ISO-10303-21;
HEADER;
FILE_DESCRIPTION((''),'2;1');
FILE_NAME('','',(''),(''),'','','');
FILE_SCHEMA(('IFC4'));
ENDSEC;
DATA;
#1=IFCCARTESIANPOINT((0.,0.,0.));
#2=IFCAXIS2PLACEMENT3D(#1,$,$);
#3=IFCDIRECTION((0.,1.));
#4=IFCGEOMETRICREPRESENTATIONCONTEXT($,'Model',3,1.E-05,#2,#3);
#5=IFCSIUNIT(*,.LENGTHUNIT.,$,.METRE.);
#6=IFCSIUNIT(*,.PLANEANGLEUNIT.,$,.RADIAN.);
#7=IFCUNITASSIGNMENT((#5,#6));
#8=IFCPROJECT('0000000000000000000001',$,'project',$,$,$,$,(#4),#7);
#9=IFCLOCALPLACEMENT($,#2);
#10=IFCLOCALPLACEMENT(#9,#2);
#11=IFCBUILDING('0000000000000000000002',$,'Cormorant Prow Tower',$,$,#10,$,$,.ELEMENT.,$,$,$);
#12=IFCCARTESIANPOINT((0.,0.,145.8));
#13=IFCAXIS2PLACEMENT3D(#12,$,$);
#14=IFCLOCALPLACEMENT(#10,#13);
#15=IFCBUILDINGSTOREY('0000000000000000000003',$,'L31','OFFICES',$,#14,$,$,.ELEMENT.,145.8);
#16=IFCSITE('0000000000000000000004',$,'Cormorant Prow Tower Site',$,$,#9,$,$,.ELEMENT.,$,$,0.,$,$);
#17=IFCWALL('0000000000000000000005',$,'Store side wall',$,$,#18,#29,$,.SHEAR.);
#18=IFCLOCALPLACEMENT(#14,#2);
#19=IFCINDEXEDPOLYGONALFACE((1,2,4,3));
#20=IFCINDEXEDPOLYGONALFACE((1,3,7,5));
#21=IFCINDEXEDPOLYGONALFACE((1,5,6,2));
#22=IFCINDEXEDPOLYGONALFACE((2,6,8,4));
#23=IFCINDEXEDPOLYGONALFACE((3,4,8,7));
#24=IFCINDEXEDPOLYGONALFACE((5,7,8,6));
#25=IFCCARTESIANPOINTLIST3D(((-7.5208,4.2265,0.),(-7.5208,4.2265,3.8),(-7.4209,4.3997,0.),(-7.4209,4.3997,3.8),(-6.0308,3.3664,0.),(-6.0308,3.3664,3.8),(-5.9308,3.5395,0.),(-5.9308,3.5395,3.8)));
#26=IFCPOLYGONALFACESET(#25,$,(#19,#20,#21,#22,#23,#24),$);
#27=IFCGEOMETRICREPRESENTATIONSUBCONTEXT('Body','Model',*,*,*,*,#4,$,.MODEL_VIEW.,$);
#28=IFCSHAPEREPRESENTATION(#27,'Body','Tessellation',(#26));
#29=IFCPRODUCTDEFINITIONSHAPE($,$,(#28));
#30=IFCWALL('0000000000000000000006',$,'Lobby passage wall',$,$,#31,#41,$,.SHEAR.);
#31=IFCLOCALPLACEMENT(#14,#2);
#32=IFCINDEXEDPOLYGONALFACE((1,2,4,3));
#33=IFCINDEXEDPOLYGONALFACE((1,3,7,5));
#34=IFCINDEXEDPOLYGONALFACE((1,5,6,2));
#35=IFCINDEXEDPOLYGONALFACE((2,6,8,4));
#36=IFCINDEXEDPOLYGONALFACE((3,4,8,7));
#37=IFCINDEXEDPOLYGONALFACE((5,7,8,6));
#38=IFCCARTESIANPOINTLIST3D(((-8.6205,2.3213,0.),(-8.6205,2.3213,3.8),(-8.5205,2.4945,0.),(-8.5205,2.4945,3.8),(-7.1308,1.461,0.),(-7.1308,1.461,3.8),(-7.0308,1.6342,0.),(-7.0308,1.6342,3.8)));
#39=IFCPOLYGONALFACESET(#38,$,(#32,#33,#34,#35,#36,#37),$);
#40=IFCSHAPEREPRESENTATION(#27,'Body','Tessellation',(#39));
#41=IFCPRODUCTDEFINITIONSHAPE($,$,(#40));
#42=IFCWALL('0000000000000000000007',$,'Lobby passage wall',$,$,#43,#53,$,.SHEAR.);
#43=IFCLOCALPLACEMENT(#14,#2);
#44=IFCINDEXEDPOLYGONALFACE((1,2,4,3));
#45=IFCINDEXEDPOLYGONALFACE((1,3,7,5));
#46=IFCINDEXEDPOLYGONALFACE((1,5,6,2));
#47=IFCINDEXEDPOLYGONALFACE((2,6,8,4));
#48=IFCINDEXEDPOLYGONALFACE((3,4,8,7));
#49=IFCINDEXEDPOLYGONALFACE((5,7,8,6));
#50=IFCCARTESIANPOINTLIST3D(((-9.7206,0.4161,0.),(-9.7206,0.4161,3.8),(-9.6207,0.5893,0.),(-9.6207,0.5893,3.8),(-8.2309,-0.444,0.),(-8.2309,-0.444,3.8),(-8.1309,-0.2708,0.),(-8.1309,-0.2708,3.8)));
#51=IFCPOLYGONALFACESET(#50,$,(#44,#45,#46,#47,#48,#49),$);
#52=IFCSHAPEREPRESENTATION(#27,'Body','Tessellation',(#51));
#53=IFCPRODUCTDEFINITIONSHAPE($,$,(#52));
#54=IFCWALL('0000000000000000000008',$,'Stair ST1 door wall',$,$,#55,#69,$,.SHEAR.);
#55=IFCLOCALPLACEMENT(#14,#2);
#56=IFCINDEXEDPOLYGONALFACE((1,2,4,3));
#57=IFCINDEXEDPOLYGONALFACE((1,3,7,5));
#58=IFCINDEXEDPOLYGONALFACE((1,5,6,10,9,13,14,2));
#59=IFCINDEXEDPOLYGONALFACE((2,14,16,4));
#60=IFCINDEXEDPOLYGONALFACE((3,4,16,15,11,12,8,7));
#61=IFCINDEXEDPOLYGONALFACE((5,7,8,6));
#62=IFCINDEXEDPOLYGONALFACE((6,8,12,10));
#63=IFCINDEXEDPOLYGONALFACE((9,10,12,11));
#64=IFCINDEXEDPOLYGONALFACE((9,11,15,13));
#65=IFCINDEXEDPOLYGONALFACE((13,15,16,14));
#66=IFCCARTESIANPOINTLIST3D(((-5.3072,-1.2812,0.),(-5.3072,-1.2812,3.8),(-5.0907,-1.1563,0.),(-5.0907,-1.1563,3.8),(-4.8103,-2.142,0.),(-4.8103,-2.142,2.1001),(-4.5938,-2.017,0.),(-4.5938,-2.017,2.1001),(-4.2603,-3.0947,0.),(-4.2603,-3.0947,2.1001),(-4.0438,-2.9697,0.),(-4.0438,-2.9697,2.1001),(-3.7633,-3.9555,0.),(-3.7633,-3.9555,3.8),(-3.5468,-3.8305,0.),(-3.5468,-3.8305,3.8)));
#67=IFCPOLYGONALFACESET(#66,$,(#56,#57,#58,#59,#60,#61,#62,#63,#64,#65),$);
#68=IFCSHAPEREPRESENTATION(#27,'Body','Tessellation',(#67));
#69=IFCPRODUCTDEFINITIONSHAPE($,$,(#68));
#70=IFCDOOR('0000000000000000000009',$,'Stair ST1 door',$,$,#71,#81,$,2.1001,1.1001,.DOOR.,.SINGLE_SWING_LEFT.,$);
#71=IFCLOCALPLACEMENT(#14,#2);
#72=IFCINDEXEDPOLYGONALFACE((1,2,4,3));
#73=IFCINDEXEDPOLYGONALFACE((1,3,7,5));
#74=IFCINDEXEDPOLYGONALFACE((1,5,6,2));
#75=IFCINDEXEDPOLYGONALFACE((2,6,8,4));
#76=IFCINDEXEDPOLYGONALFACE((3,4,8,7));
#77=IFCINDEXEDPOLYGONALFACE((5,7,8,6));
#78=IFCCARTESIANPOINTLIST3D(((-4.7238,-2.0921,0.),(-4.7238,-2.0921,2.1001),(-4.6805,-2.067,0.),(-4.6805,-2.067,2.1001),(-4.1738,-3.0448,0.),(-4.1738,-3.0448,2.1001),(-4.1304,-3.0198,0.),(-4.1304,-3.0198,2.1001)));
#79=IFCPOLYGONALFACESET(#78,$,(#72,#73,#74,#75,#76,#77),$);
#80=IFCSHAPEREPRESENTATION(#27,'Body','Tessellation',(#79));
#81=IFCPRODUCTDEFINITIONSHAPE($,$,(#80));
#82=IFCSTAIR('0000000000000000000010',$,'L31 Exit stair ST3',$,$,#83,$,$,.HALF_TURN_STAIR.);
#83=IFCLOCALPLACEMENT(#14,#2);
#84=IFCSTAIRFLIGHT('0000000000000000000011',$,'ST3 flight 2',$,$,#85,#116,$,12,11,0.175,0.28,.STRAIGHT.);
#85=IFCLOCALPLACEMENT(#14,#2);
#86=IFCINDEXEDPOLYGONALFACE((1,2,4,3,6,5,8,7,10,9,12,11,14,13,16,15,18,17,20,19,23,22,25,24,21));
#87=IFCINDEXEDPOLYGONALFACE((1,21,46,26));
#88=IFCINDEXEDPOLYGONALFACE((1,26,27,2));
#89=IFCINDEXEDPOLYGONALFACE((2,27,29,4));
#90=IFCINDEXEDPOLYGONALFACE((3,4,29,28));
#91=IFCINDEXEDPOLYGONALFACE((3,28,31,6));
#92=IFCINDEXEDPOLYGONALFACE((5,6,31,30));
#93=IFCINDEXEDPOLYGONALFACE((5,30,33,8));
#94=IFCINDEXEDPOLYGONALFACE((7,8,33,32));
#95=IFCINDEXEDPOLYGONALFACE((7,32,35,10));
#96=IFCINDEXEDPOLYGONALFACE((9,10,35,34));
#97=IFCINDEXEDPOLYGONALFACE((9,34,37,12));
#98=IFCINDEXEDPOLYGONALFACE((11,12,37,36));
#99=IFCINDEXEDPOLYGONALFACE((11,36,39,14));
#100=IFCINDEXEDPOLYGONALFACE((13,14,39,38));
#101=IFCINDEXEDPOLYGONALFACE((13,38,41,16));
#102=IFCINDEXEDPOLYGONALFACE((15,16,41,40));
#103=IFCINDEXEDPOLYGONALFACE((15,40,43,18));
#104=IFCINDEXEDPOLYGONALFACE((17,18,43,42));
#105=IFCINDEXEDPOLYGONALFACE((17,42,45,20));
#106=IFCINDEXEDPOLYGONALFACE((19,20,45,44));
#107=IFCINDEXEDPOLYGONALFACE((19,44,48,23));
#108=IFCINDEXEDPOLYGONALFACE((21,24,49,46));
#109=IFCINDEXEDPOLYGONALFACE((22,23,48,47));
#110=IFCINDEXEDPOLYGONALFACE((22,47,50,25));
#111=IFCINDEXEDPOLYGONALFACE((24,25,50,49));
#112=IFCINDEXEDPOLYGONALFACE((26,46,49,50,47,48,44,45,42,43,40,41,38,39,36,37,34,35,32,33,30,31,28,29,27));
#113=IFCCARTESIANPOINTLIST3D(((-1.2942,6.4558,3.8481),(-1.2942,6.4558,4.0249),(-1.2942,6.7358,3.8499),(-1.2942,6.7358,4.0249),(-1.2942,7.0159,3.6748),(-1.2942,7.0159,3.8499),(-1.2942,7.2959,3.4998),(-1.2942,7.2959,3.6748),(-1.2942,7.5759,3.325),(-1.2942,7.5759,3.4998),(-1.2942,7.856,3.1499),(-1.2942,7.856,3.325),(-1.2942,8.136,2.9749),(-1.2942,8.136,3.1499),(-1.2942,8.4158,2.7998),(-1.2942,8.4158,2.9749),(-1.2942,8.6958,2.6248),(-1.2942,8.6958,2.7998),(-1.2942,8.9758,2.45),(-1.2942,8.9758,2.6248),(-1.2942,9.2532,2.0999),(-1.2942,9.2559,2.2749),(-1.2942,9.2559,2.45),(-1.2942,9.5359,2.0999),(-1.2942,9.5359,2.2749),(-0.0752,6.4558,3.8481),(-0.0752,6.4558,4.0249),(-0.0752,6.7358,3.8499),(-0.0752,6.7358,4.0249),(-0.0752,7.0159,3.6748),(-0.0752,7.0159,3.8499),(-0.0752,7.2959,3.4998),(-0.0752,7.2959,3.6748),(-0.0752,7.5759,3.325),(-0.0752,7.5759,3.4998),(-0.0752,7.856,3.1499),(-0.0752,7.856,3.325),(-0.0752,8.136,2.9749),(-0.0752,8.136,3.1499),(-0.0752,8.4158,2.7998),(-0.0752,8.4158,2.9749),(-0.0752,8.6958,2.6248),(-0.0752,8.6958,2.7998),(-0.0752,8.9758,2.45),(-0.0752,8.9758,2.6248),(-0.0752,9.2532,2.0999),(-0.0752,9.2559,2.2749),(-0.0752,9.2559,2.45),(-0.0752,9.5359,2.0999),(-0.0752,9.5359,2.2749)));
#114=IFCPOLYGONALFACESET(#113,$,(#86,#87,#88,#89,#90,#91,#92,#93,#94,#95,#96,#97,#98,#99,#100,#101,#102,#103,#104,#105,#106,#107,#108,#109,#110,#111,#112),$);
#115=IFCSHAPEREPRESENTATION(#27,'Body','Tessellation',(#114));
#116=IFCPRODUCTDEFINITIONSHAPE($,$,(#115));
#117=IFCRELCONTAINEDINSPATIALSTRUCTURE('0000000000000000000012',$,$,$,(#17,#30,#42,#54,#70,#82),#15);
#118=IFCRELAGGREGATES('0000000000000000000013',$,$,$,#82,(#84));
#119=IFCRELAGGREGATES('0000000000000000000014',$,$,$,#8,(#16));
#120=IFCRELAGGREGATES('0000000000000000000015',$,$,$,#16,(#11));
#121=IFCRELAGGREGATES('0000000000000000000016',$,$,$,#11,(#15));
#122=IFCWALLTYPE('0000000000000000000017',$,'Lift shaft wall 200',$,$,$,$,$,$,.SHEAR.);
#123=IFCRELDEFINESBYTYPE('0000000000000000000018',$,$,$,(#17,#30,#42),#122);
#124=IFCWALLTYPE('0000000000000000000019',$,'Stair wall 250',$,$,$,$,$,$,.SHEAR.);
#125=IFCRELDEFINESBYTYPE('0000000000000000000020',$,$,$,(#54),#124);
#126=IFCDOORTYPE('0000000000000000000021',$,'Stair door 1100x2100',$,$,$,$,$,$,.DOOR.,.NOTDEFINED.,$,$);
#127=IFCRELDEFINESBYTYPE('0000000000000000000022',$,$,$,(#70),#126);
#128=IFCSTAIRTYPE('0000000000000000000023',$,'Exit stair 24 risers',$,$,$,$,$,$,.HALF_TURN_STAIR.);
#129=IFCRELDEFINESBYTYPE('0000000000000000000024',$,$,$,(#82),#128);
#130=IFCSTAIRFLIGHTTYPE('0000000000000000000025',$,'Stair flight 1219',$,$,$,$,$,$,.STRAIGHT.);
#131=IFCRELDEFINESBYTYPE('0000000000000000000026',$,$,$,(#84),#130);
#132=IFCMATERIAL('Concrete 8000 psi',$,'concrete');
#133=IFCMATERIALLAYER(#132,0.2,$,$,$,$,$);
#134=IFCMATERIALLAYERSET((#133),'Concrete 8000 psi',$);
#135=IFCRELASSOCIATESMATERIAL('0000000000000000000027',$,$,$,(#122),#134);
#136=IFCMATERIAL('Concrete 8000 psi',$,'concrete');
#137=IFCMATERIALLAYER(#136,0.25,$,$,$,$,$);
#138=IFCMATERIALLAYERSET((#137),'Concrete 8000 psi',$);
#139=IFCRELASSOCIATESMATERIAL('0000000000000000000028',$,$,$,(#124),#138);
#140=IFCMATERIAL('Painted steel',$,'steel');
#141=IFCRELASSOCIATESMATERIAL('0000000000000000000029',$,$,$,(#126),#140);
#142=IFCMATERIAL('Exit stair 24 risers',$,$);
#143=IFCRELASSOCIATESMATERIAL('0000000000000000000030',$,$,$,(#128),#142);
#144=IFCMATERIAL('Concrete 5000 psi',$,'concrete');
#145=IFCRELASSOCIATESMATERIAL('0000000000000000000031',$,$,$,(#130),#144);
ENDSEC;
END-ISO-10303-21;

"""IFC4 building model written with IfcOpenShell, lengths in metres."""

from ifc_helpers import new_model, si_unit, direction, frame, frame_2d, origin, place, context, subcontext, project, spatial, polyline, rectangle, outline, extrude, material, layer, layer_set, type_object, element, fill, aggregate, save


model = new_model("IFC4")

# Units and contexts
model_context = context("Model", 3, precision=1e-05, world=origin(), true_north=direction((0.0, 1.0)))
body_context = subcontext(model_context, "Body", "Model", "MODEL_VIEW")
ifc_project = project(units=[si_unit("LENGTHUNIT", "METRE"), si_unit("PLANEANGLEUNIT", "RADIAN")], contexts=[model_context])

# Site, building, storey
site_placement = place(None, origin())
site = spatial("IfcSite", under=ifc_project, at=site_placement, Name="Cormorant Prow Tower Site", CompositionType="ELEMENT", RefElevation=0.0)
building_placement = place(site_placement, origin())
building = spatial("IfcBuilding", under=site, at=building_placement, Name="Cormorant Prow Tower", CompositionType="ELEMENT")
storey_placement = place(building_placement, frame((0.0, 0.0, 145.8)))
storey = spatial("IfcBuildingStorey", under=building, at=storey_placement, Name="L31", Description="OFFICES", CompositionType="ELEMENT", Elevation=145.8)

# Walls
ifc_material_1 = material(Name="Concrete 8000 psi", Category="concrete")
ifc_layer_1 = layer(ifc_material_1, 0.2)
ifc_layer_set_1 = layer_set([ifc_layer_1], Name="Concrete 8000 psi")
wall_type_1 = type_object("IfcWallType", Name="Lift shaft wall 200", PredefinedType="SHEAR", material=ifc_layer_set_1)
wall_1_placement = place(storey_placement, frame((-5.9807, 3.4529, 0.0), z_axis=(0.0, 0.0, 1.0), x_axis=(-0.86606, 0.499939, 0.0)))
element("IfcWall", 1, at=wall_1_placement, inside=storey, type_object=wall_type_1, Name="Store side wall", PredefinedType="SHEAR", context=body_context, shape_type="SweptSolid", body=[
    extrude(rectangle(XDim=1.7205, YDim=0.2, at=frame_2d((0.8604, 0.0))), origin(), (0.0, 0.0, 1.0), 3.8),
])
for number, where, z_axis, x_axis, name in (
    (2, (-7.0808, 1.5476, 0.0), (0.0, 0.0, 1.0), (-0.865963, 0.500107, 0.0), "Lobby passage wall"),
    (3, (-8.1809, -0.3574, 0.0), (0.0, 0.0, 1.0), (-0.866025, 0.500001, 0.0), "Lobby passage wall"),
):
    element("IfcWall", number, at=place(storey_placement, frame(where, z_axis=z_axis, x_axis=x_axis)), inside=storey, type_object=wall_type_1, Name=name, PredefinedType="SHEAR", context=body_context, shape_type="SweptSolid", body=[
        extrude(rectangle(XDim=1.7202, YDim=0.2, at=frame_2d((0.8601, 0.0))), origin(), (0.0, 0.0, 1.0), 3.8),
    ])

# Wall, opening, door
ifc_material_2 = material(Name="Concrete 8000 psi", Category="concrete")
ifc_layer_2 = layer(ifc_material_2, 0.25)
ifc_layer_set_2 = layer_set([ifc_layer_2], Name="Concrete 8000 psi")
wall_type_2 = type_object("IfcWallType", Name="Stair wall 250", PredefinedType="SHEAR", material=ifc_layer_set_2)
wall_2_placement = place(storey_placement, frame((-5.199, -1.2188, 0.0), z_axis=(0.0, 0.0, 1.0), x_axis=(0.499983, -0.866035, 0.0)))
wall_2 = element("IfcWall", 4, at=wall_2_placement, inside=storey, type_object=wall_type_2, Name="Stair ST1 door wall", PredefinedType="SHEAR", context=body_context, shape_type="SweptSolid", body=[
    extrude(rectangle(XDim=3.0879, YDim=0.25, at=frame_2d((1.5439, 0.0))), origin(), (0.0, 0.0, 1.0), 3.8),
])
opening_1_placement = place(wall_2_placement, frame((0.9939, 0.0, 0.0)))
opening_1 = element("IfcOpeningElement", 5, at=opening_1_placement, cuts=wall_2, PredefinedType="OPENING", context=body_context, shape_type="SweptSolid", body=[
    extrude(rectangle(XDim=1.1001, YDim=2.1001, at=frame_2d((0.55, 1.05))), frame((0.0, 0.135, 0.0), z_axis=(0.0, -1.0, 0.0), x_axis=(1.0, 0.0, 0.0)), (0.0, 0.0, 1.0), 0.27),
])
ifc_material_3 = material(Name="Painted steel", Category="steel")
door_type_1 = type_object("IfcDoorType", Name="Stair door 1100x2100", OperationType="NOTDEFINED", PredefinedType="DOOR", material=ifc_material_3)
door_1_placement = place(opening_1_placement, origin())
door_1 = element("IfcDoor", 6, at=door_1_placement, inside=storey, type_object=door_type_1, Name="Stair ST1 door", OperationType="SINGLE_SWING_LEFT", OverallHeight=2.1001, OverallWidth=1.1001, PredefinedType="DOOR", context=body_context, shape_type="SweptSolid", body=[
    extrude(rectangle(XDim=1.1001, YDim=2.1001, at=frame_2d((0.55, 1.05))), frame((0.0, 0.0249, 0.0), z_axis=(0.0, -1.0, 0.0), x_axis=(1.0, 0.0, 0.0)), (0.0, 0.0, 1.0), 0.05),
])
fill(opening_1, door_1)

# Stair, stair flight
ifc_material_4 = material(Name="Exit stair 24 risers")
stair_type = type_object("IfcStairType", Name="Exit stair 24 risers", PredefinedType="HALF_TURN_STAIR", material=ifc_material_4)
stair_placement = place(storey_placement, origin())
stair = element("IfcStair", 7, at=stair_placement, inside=storey, type_object=stair_type, Name="L31 Exit stair ST3", PredefinedType="HALF_TURN_STAIR")
ifc_material_5 = material(Name="Concrete 5000 psi", Category="concrete")
stair_flight_type = type_object("IfcStairFlightType", Name="Stair flight 1219", PredefinedType="STRAIGHT", material=ifc_material_5)
stair_flight_placement = place(storey_placement, frame((-0.6846, 9.5359, 2.0999), z_axis=(0.0, 0.0, 1.0), x_axis=(0.0, -1.0, 0.0)))
stair_flight = element("IfcStairFlight", 8, at=stair_flight_placement, type_object=stair_flight_type, Name="ST3 flight 2", NumberOfRisers=12, NumberOfTreads=11, PredefinedType="STRAIGHT", RiserHeight=0.175, TreadLength=0.28, context=body_context, shape_type="SweptSolid", body=[
    extrude(outline(polyline([(0.0, 0.0), (0.0, 0.175), (0.28, 0.175), (0.28, 0.3501), (0.5601, 0.3501), (0.5601, 0.5249), (0.8401, 0.5249), (0.8401, 0.7), (1.1201, 0.7), (1.1201, 0.875), (1.3999, 0.875), (1.3999, 1.05), (1.6799, 1.05), (1.6799, 1.2251), (1.96, 1.2251), (1.96, 1.3999), (2.24, 1.3999), (2.24, 1.575), (2.52, 1.575), (2.52, 1.75), (2.8, 1.75), (2.8, 1.925), (3.0801, 1.925), (3.0801, 2.1001), (3.0801, 1.7483), (0.2827, 0.0), (0.0, 0.0)])), frame((0.0, 0.6094, 0.0), z_axis=(0.0, -1.0, 0.0), x_axis=(1.0, 0.0, 0.0)), (0.0, 0.0, 1.0), 1.219),
])
aggregate(stair, [stair_flight])

save(model, "model.ifc")
